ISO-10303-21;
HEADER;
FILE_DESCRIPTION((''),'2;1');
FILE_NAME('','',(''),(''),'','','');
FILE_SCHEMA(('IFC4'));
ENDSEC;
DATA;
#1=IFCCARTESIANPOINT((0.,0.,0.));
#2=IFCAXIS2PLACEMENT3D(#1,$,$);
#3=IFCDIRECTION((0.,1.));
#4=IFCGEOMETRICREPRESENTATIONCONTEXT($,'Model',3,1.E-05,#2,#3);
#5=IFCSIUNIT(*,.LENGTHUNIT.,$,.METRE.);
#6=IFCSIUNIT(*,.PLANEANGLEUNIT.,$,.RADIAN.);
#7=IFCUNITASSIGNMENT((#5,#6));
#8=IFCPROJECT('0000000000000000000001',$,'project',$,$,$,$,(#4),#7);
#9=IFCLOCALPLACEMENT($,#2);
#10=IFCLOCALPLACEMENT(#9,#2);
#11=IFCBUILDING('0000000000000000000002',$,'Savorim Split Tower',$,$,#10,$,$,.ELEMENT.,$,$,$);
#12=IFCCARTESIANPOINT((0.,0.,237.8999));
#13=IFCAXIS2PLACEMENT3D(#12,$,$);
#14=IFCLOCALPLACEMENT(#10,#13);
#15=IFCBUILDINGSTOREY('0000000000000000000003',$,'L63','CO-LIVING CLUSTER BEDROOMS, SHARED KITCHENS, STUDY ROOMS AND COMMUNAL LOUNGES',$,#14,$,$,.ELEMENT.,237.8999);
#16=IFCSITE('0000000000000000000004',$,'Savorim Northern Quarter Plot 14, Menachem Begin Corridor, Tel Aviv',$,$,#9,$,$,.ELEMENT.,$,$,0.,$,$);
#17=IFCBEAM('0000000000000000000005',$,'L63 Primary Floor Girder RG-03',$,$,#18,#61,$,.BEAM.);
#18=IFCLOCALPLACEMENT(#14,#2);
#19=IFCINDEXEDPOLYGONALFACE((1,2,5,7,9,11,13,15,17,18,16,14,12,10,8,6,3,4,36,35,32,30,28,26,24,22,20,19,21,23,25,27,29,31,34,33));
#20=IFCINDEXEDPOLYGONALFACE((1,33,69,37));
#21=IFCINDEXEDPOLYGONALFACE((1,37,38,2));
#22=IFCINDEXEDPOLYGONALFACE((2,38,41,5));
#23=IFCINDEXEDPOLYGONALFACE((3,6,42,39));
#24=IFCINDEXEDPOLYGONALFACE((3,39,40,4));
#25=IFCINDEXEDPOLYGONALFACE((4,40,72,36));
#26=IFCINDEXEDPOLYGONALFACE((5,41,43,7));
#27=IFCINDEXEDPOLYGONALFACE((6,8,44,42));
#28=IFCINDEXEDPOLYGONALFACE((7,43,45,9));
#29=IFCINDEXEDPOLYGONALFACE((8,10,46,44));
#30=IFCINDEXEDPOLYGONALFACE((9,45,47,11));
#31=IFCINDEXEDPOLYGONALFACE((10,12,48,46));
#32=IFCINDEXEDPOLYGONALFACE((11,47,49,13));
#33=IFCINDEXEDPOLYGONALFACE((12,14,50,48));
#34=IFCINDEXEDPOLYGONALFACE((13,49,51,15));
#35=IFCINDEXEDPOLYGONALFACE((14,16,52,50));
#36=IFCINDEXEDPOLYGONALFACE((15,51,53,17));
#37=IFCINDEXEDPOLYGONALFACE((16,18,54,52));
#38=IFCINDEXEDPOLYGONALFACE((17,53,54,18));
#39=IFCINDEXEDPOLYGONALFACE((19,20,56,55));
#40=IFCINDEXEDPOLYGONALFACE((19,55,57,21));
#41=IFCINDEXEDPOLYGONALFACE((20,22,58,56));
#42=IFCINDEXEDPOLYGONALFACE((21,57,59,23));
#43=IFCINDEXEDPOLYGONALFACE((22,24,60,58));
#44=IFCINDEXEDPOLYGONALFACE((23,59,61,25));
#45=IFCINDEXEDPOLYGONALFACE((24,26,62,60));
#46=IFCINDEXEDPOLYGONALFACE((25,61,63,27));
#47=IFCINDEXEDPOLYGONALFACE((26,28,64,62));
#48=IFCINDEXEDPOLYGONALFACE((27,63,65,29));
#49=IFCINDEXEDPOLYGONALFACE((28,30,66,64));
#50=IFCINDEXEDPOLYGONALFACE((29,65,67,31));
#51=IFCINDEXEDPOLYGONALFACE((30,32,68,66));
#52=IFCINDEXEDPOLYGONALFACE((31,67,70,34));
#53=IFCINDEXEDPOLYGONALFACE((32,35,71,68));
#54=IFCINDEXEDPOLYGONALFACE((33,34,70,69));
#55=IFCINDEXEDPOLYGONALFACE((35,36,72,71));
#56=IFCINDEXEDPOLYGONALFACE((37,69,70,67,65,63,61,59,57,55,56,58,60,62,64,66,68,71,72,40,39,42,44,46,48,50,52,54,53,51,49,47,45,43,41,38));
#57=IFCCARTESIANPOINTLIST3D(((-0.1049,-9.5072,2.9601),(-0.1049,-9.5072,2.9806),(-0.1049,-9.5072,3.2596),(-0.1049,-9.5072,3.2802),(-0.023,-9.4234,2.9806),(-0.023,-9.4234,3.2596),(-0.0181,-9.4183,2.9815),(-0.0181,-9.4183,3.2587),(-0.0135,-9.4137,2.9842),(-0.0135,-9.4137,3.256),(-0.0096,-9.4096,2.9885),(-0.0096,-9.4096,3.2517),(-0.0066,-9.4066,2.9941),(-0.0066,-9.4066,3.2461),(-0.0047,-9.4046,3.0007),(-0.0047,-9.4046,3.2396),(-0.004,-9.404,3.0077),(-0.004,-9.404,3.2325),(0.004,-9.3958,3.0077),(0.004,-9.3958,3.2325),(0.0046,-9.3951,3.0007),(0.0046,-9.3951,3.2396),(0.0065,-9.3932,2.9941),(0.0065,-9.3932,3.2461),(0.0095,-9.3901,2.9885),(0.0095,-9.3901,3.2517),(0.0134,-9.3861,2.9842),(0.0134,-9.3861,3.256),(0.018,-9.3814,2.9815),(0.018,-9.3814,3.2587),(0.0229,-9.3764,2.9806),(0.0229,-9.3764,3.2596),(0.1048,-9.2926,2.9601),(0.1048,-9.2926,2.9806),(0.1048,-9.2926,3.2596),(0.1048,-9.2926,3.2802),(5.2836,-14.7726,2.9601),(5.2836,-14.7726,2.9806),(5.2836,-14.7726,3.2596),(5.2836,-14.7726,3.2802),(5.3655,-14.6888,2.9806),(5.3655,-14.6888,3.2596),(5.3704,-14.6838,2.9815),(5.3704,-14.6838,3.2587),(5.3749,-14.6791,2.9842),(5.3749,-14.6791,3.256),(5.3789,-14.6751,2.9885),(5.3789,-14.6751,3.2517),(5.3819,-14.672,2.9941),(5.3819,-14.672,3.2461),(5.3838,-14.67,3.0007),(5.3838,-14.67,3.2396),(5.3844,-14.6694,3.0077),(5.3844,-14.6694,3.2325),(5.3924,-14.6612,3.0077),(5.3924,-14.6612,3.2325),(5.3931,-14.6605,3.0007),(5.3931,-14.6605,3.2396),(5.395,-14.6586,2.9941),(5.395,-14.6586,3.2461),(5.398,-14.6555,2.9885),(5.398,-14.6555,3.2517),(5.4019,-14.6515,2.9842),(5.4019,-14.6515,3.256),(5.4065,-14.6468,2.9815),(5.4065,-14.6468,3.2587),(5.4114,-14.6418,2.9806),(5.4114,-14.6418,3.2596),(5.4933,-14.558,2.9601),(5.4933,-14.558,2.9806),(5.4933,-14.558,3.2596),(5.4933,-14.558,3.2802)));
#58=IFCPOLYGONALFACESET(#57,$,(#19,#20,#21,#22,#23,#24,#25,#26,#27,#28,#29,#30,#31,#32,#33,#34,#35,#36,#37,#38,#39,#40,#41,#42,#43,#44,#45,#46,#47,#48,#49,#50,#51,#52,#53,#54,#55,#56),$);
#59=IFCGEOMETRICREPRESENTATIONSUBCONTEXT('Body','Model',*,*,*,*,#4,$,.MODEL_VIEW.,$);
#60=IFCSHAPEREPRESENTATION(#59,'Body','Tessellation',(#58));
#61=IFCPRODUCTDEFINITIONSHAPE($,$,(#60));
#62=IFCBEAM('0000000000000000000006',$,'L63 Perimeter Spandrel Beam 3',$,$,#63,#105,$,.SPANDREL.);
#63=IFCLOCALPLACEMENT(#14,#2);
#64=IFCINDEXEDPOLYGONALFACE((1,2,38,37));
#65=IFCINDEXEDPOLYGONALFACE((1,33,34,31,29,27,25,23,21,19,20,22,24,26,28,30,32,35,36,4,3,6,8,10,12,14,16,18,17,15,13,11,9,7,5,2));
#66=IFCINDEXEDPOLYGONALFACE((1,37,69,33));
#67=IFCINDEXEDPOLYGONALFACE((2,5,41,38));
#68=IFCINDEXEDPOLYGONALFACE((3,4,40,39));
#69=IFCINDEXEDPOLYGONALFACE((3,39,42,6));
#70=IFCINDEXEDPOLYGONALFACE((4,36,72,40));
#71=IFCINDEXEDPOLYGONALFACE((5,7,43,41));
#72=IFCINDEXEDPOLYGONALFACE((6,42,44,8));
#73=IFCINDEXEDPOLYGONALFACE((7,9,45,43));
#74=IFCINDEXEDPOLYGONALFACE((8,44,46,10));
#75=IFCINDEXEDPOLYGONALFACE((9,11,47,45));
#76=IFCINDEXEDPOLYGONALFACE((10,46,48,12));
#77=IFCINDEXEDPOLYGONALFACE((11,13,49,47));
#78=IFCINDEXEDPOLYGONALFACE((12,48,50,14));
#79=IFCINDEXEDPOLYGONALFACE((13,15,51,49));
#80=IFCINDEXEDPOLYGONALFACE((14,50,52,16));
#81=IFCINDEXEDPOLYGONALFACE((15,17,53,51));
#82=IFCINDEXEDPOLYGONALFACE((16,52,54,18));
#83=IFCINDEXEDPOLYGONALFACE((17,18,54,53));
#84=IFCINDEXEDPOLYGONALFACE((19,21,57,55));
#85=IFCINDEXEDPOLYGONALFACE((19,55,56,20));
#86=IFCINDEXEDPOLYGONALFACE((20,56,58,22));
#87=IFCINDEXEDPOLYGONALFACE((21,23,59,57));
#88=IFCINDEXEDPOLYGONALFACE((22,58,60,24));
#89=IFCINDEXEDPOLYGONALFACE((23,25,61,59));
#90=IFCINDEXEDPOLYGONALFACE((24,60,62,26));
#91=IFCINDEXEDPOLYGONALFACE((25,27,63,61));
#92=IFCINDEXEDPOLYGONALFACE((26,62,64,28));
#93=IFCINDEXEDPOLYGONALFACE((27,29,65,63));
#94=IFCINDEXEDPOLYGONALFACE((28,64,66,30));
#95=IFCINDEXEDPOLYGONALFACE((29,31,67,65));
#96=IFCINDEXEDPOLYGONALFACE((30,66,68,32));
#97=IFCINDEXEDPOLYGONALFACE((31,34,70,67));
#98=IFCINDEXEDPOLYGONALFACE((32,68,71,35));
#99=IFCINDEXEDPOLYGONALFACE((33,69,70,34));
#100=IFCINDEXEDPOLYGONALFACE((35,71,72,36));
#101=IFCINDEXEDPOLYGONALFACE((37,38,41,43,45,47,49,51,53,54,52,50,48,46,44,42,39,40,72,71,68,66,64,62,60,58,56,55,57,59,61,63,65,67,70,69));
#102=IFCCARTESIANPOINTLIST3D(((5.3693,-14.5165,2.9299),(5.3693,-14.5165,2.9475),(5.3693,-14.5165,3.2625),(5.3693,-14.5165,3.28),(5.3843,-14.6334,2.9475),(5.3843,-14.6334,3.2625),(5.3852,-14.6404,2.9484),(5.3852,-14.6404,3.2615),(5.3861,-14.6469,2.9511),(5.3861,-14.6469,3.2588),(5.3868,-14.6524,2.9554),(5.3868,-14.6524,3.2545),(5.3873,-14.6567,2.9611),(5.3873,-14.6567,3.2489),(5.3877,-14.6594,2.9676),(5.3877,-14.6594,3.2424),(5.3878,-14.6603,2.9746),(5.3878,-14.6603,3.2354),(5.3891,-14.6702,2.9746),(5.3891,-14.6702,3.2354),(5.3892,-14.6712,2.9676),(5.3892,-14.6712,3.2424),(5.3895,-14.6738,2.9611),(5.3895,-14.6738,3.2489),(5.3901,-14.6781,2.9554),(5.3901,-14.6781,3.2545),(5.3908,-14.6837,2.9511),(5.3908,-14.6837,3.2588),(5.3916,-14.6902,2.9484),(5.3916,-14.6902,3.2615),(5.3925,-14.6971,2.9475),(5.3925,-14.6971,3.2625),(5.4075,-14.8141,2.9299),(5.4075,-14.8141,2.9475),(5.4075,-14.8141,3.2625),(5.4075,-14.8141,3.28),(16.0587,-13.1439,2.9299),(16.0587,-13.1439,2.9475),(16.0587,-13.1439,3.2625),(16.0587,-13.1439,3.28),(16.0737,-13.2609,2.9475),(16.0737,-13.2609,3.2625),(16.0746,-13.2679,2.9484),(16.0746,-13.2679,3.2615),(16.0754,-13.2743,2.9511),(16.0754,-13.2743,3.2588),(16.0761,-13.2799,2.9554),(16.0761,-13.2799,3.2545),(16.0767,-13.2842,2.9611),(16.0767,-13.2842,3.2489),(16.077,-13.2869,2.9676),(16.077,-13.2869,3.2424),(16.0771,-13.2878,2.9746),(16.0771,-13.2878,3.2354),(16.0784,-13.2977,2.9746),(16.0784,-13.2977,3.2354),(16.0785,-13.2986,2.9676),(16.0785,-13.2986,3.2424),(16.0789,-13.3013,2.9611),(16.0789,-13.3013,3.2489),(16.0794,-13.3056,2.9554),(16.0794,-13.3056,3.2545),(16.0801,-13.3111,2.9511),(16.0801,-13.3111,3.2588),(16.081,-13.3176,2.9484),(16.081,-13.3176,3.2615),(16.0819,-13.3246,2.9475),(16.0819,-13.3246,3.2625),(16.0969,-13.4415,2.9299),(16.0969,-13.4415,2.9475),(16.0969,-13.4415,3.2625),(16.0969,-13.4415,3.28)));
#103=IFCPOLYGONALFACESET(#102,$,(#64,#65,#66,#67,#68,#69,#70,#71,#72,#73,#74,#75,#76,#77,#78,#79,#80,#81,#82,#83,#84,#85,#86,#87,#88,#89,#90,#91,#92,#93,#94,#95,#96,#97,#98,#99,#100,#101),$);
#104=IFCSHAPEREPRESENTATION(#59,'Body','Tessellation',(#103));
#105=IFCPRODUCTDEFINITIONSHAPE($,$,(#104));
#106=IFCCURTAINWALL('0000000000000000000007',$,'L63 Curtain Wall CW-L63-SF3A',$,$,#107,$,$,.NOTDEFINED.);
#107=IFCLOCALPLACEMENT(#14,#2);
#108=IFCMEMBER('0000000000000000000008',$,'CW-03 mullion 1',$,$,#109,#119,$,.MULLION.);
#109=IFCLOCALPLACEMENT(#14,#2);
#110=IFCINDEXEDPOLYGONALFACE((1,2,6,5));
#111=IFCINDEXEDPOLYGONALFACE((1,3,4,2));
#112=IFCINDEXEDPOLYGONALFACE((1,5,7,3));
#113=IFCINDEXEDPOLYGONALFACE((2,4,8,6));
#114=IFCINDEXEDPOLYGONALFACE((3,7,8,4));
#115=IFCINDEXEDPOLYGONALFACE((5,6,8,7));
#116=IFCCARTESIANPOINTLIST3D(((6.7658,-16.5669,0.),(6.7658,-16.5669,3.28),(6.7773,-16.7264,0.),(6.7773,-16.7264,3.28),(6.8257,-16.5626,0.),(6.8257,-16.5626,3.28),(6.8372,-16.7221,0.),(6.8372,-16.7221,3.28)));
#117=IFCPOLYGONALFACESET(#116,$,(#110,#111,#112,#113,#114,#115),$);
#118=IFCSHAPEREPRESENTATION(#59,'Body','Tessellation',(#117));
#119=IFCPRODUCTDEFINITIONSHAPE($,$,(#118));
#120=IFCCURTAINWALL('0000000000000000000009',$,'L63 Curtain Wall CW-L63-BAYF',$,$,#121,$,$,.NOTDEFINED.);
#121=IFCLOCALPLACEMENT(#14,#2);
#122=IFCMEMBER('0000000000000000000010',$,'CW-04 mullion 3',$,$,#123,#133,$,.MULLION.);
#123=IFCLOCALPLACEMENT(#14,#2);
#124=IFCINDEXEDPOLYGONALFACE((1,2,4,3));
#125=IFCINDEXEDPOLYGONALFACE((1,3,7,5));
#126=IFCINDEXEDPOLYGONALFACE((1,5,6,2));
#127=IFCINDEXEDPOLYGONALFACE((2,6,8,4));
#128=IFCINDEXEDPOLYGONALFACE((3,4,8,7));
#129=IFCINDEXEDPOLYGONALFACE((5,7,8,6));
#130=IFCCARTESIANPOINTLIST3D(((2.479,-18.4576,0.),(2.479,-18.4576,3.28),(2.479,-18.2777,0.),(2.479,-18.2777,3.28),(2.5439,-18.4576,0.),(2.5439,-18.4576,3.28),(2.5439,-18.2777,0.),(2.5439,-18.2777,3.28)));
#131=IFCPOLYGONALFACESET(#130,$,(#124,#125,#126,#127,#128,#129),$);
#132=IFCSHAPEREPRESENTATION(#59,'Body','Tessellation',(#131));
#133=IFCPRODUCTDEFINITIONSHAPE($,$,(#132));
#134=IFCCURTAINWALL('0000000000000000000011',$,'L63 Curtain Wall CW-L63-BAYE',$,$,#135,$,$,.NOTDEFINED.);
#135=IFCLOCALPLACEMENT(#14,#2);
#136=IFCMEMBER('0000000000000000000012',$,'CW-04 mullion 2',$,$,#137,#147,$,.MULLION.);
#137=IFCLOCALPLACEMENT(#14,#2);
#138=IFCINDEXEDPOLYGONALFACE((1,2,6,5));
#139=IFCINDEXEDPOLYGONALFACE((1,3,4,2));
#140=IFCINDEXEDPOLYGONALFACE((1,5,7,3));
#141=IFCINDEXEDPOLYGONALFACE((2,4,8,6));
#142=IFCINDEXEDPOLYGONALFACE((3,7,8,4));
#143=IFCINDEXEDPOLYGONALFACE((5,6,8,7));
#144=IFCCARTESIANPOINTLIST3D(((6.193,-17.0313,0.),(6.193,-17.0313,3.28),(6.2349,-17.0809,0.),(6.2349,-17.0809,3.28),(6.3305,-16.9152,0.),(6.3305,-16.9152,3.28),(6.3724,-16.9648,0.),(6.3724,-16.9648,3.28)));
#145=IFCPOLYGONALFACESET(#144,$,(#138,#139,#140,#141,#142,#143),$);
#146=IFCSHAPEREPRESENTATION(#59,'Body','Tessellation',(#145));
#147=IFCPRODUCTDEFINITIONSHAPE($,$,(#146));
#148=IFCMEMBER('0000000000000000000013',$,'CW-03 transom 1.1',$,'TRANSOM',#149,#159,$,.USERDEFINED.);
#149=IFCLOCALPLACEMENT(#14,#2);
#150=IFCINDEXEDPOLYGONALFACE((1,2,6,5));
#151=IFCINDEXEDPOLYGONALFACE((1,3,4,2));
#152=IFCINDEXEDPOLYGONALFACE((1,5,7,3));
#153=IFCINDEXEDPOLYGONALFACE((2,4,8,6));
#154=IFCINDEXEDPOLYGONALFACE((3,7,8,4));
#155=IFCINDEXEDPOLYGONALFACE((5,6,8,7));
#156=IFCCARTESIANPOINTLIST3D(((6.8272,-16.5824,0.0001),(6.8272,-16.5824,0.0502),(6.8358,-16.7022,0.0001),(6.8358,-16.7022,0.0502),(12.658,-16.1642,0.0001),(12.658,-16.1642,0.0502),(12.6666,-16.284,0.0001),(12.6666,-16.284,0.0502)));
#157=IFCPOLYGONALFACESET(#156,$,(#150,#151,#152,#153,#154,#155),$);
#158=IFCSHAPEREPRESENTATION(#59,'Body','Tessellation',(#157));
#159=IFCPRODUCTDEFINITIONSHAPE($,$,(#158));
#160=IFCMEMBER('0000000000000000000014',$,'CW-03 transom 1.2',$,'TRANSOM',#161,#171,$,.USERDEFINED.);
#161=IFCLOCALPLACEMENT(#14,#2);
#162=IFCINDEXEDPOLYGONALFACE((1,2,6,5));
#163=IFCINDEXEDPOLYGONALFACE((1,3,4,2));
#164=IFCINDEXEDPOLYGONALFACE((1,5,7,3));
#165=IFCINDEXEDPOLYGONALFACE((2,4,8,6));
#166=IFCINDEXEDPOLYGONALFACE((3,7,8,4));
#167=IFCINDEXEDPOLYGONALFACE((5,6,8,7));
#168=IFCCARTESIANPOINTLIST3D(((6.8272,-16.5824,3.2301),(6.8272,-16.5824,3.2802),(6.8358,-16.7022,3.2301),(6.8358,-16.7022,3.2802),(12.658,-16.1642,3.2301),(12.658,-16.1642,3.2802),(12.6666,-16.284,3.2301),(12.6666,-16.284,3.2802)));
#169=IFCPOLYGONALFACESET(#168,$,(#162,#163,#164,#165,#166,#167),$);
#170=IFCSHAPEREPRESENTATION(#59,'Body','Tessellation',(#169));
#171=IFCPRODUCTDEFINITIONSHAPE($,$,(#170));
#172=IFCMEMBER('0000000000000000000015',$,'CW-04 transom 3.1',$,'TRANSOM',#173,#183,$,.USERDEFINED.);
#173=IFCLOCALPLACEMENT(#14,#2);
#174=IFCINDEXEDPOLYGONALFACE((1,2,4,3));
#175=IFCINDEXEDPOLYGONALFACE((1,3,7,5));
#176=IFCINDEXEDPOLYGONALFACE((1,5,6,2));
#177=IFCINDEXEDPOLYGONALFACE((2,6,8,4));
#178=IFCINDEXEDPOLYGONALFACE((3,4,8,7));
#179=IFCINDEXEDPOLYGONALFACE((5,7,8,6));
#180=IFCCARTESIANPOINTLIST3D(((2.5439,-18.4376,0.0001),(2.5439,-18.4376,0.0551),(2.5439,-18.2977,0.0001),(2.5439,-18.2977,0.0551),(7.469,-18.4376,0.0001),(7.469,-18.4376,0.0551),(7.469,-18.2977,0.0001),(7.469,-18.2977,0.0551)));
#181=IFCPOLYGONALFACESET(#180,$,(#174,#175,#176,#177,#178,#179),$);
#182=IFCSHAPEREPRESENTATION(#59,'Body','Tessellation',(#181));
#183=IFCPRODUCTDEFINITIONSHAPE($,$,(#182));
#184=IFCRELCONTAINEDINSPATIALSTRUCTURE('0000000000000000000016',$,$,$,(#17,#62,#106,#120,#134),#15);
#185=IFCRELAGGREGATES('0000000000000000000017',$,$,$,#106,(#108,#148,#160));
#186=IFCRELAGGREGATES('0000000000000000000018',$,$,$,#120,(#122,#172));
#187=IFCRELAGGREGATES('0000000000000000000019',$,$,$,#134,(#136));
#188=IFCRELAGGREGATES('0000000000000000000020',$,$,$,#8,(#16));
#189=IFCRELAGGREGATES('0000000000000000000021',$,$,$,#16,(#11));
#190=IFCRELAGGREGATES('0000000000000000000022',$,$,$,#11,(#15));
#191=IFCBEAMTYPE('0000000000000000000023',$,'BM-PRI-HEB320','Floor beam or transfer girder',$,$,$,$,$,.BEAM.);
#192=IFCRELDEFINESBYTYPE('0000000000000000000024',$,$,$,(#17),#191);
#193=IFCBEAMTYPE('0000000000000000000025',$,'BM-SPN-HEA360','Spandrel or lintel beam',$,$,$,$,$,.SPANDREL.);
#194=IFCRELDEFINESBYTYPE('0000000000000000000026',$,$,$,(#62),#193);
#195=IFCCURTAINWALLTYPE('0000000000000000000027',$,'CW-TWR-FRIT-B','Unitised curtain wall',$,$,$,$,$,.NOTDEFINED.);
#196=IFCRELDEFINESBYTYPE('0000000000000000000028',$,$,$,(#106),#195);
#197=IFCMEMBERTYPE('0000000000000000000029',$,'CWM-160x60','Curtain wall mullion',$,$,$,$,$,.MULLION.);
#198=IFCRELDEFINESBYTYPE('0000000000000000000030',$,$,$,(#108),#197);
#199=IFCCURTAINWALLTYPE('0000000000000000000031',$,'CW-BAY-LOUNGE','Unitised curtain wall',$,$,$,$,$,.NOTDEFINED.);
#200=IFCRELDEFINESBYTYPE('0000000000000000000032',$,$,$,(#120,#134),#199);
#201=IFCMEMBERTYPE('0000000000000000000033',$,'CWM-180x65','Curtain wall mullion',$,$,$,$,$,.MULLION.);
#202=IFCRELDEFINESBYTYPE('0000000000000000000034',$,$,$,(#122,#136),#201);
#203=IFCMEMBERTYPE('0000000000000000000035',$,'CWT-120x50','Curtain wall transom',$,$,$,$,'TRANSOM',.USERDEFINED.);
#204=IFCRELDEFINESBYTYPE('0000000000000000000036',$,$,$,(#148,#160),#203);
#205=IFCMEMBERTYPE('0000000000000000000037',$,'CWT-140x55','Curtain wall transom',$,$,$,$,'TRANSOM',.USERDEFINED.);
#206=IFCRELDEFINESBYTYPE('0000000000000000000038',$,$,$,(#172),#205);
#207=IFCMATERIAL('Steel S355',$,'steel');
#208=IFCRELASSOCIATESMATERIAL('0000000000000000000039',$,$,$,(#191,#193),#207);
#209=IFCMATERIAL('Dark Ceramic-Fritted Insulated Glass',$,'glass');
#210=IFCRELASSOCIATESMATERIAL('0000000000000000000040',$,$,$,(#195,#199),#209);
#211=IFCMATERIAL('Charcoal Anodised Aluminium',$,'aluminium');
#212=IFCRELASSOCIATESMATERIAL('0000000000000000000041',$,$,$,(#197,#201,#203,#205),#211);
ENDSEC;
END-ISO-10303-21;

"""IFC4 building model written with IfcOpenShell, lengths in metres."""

from ifc_helpers import new_model, si_unit, direction, frame, origin, origin_2d, place, context, subcontext, project, spatial, rectangle, i_section, extrude, material, material_profile, profile_set, type_object, element, aggregate, save


model = new_model("IFC4")

# Units and contexts
model_context = context("Model", 3, precision=1e-05, world=origin(), true_north=direction((0.0, 1.0)))
body_context = subcontext(model_context, "Body", "Model", "MODEL_VIEW")
ifc_project = project(units=[si_unit("LENGTHUNIT", "METRE"), si_unit("PLANEANGLEUNIT", "RADIAN")], contexts=[model_context])

# Site, building, storey
site_placement = place(None, origin())
site = spatial("IfcSite", under=ifc_project, at=site_placement, Name="Savorim Northern Quarter Plot 14, Menachem Begin Corridor, Tel Aviv", CompositionType="ELEMENT", RefElevation=0.0)
building_placement = place(site_placement, origin())
building = spatial("IfcBuilding", under=site, at=building_placement, Name="Savorim Split Tower", CompositionType="ELEMENT")
storey_placement = place(building_placement, frame((0.0, 0.0, 237.8999)))
storey = spatial("IfcBuildingStorey", under=building, at=storey_placement, Name="L63", Description="CO-LIVING CLUSTER BEDROOMS, SHARED KITCHENS, STUDY ROOMS AND COMMUNAL LOUNGES", CompositionType="ELEMENT", Elevation=237.8999)

# Shared definitions
ifc_material_1 = material(Name="Steel S355", Category="steel")

# Beams
ifc_material_profile_1 = material_profile(ifc_material_1, i_section(OverallWidth=0.3, OverallDepth=0.3201, WebThickness=0.0115, FlangeThickness=0.0205, FilletRadius=0.0271, at=origin_2d()), Name="HEB 320")
ifc_profile_set_1 = profile_set([ifc_material_profile_1], Name="Steel S355")
beam_type_1 = type_object("IfcBeamType", Name="BM-PRI-HEB320", Description="Floor beam or transfer girder", PredefinedType="BEAM", material=ifc_profile_set_1)
beam_1_placement = place(storey_placement, frame((5.3884, -14.6653, 3.1201), z_axis=(-0.715226, 0.698893, 0.0), x_axis=(-0.698893, -0.715226, 0.0)))
element("IfcBeam", 1, at=beam_1_placement, inside=storey, type_object=beam_type_1, Name="L63 Primary Floor Girder RG-03", PredefinedType="BEAM", context=body_context, shape_type="SweptSolid", body=[
    extrude(i_section(OverallWidth=0.3, OverallDepth=0.3201, WebThickness=0.0115, FlangeThickness=0.0205, FilletRadius=0.0271, at=origin_2d()), origin(), (0.0, 0.0, 1.0), 7.5339),
])
ifc_material_profile_2 = material_profile(ifc_material_1, i_section(OverallWidth=0.3, OverallDepth=0.3501, WebThickness=0.01, FlangeThickness=0.0176, FilletRadius=0.0271, at=origin_2d()), Name="HEA 360")
ifc_profile_set_2 = profile_set([ifc_material_profile_2], Name="Steel S355")
beam_type_2 = type_object("IfcBeamType", Name="BM-SPN-HEA360", Description="Spandrel or lintel beam", PredefinedType="SPANDREL", material=ifc_profile_set_2)
beam_2_placement = place(storey_placement, frame((5.3884, -14.6653, 3.105), z_axis=(0.991857, 0.127357, 0.0), x_axis=(-0.127357, 0.991857, 0.0)))
element("IfcBeam", 2, at=beam_2_placement, inside=storey, type_object=beam_type_2, Name="L63 Perimeter Spandrel Beam 3", PredefinedType="SPANDREL", context=body_context, shape_type="SweptSolid", body=[
    extrude(i_section(OverallWidth=0.3, OverallDepth=0.3501, WebThickness=0.01, FlangeThickness=0.0176, FilletRadius=0.0271, at=origin_2d()), origin(), (0.0, 0.0, 1.0), 10.7771),
])

# Curtain walls, members
ifc_material_2 = material(Name="Dark Ceramic-Fritted Insulated Glass", Category="glass")
curtain_wall_type_1 = type_object("IfcCurtainWallType", Name="CW-TWR-FRIT-B", Description="Unitised curtain wall", PredefinedType="NOTDEFINED", material=ifc_material_2)
curtain_wall_1_placement = place(storey_placement, origin())
curtain_wall_1 = element("IfcCurtainWall", 3, at=curtain_wall_1_placement, inside=storey, type_object=curtain_wall_type_1, Name="L63 Curtain Wall CW-L63-SF3A", PredefinedType="NOTDEFINED")
ifc_material_3 = material(Name="Charcoal Anodised Aluminium", Category="aluminium")
ifc_material_profile_3 = material_profile(ifc_material_3, rectangle(XDim=0.1599, YDim=0.0601, at=origin_2d()), Name="ALU-M 160x60")
ifc_profile_set_3 = profile_set([ifc_material_profile_3], Name="Charcoal Anodised Aluminium")
member_type_1 = type_object("IfcMemberType", Name="CWM-160x60", Description="Curtain wall mullion", PredefinedType="MULLION", material=ifc_profile_set_3)
member_1_placement = place(storey_placement, frame((6.8015, -16.6445, 0.0), z_axis=(0.0, 0.0, 1.0), x_axis=(-0.071558, 0.997436, 0.0)))
member_1 = element("IfcMember", 4, at=member_1_placement, type_object=member_type_1, Name="CW-03 mullion 1", PredefinedType="MULLION", context=body_context, shape_type="SweptSolid", body=[
    extrude(rectangle(XDim=0.1599, YDim=0.0601, at=origin_2d()), origin(), (0.0, 0.0, 1.0), 3.28),
])
curtain_wall_type_2 = type_object("IfcCurtainWallType", Name="CW-BAY-LOUNGE", Description="Unitised curtain wall", PredefinedType="NOTDEFINED", material=ifc_material_2)
curtain_wall_2_placement = place(storey_placement, origin())
curtain_wall_2 = element("IfcCurtainWall", 5, at=curtain_wall_2_placement, inside=storey, type_object=curtain_wall_type_2, Name="L63 Curtain Wall CW-L63-BAYF", PredefinedType="NOTDEFINED")
ifc_material_profile_4 = material_profile(ifc_material_3, rectangle(XDim=0.1799, YDim=0.0649, at=origin_2d()), Name="ALU-M 180x65")
ifc_profile_set_4 = profile_set([ifc_material_profile_4], Name="Charcoal Anodised Aluminium")
member_type_2 = type_object("IfcMemberType", Name="CWM-180x65", Description="Curtain wall mullion", PredefinedType="MULLION", material=ifc_profile_set_4)
member_2_placement = place(storey_placement, frame((2.5115, -18.3677, 0.0), z_axis=(0.0, 0.0, 1.0), x_axis=(0.0, 1.0, 0.0)))
member_2 = element("IfcMember", 6, at=member_2_placement, type_object=member_type_2, Name="CW-04 mullion 3", PredefinedType="MULLION", context=body_context, shape_type="SweptSolid", body=[
    extrude(rectangle(XDim=0.1799, YDim=0.0649, at=origin_2d()), origin(), (0.0, 0.0, 1.0), 3.28),
])
curtain_wall_3_placement = place(storey_placement, origin())
curtain_wall_3 = element("IfcCurtainWall", 7, at=curtain_wall_3_placement, inside=storey, type_object=curtain_wall_type_2, Name="L63 Curtain Wall CW-L63-BAYE", PredefinedType="NOTDEFINED")
member_3_placement = place(storey_placement, frame((6.2827, -16.998, 0.0), z_axis=(0.0, 0.0, 1.0), x_axis=(-0.764177, -0.645006, 0.0)))
member_3 = element("IfcMember", 8, at=member_3_placement, type_object=member_type_2, Name="CW-04 mullion 2", PredefinedType="MULLION", context=body_context, shape_type="SweptSolid", body=[
    extrude(rectangle(XDim=0.1799, YDim=0.0649, at=origin_2d()), origin(), (0.0, 0.0, 1.0), 3.28),
])

# Members
ifc_material_profile_5 = material_profile(ifc_material_3, rectangle(XDim=0.1201, YDim=0.05, at=origin_2d()), Name="ALU-T 120x50")
ifc_profile_set_5 = profile_set([ifc_material_profile_5], Name="Charcoal Anodised Aluminium")
member_type_3 = type_object("IfcMemberType", Name="CWT-120x50", Description="Curtain wall transom", ElementType="TRANSOM", PredefinedType="USERDEFINED", material=ifc_profile_set_5)
member_4_placement = place(storey_placement, frame((6.8315, -16.6423, 0.0251), z_axis=(0.997438, 0.071541, 0.0), x_axis=(-0.071541, 0.997438, 0.0)))
member_4 = element("IfcMember", 9, at=member_4_placement, type_object=member_type_3, Name="CW-03 transom 1.1", ObjectType="TRANSOM", PredefinedType="USERDEFINED", context=body_context, shape_type="SweptSolid", body=[
    extrude(rectangle(XDim=0.1201, YDim=0.05, at=origin_2d()), origin(), (0.0, 0.0, 1.0), 5.8457),
])
member_5_placement = place(storey_placement, frame((6.8315, -16.6423, 3.2551), z_axis=(0.997438, 0.071541, 0.0), x_axis=(-0.071541, 0.997438, 0.0)))
member_5 = element("IfcMember", 10, at=member_5_placement, type_object=member_type_3, Name="CW-03 transom 1.2", ObjectType="TRANSOM", PredefinedType="USERDEFINED", context=body_context, shape_type="SweptSolid", body=[
    extrude(rectangle(XDim=0.1201, YDim=0.05, at=origin_2d()), origin(), (0.0, 0.0, 1.0), 5.8457),
])
aggregate(curtain_wall_1, [member_1, member_4, member_5])
ifc_material_profile_6 = material_profile(ifc_material_3, rectangle(XDim=0.1399, YDim=0.0549, at=origin_2d()), Name="ALU-T 140x55")
ifc_profile_set_6 = profile_set([ifc_material_profile_6], Name="Charcoal Anodised Aluminium")
member_type_4 = type_object("IfcMemberType", Name="CWT-140x55", Description="Curtain wall transom", ElementType="TRANSOM", PredefinedType="USERDEFINED", material=ifc_profile_set_6)
member_6_placement = place(storey_placement, frame((2.5439, -18.3677, 0.0276), z_axis=(1.0, 0.0, 0.0), x_axis=(0.0, 1.0, 0.0)))
member_6 = element("IfcMember", 11, at=member_6_placement, type_object=member_type_4, Name="CW-04 transom 3.1", ObjectType="TRANSOM", PredefinedType="USERDEFINED", context=body_context, shape_type="SweptSolid", body=[
    extrude(rectangle(XDim=0.1399, YDim=0.0549, at=origin_2d()), origin(), (0.0, 0.0, 1.0), 4.925),
])

aggregate(curtain_wall_2, [member_2, member_6])
aggregate(curtain_wall_3, [member_3])

save(model, "model.ifc")
